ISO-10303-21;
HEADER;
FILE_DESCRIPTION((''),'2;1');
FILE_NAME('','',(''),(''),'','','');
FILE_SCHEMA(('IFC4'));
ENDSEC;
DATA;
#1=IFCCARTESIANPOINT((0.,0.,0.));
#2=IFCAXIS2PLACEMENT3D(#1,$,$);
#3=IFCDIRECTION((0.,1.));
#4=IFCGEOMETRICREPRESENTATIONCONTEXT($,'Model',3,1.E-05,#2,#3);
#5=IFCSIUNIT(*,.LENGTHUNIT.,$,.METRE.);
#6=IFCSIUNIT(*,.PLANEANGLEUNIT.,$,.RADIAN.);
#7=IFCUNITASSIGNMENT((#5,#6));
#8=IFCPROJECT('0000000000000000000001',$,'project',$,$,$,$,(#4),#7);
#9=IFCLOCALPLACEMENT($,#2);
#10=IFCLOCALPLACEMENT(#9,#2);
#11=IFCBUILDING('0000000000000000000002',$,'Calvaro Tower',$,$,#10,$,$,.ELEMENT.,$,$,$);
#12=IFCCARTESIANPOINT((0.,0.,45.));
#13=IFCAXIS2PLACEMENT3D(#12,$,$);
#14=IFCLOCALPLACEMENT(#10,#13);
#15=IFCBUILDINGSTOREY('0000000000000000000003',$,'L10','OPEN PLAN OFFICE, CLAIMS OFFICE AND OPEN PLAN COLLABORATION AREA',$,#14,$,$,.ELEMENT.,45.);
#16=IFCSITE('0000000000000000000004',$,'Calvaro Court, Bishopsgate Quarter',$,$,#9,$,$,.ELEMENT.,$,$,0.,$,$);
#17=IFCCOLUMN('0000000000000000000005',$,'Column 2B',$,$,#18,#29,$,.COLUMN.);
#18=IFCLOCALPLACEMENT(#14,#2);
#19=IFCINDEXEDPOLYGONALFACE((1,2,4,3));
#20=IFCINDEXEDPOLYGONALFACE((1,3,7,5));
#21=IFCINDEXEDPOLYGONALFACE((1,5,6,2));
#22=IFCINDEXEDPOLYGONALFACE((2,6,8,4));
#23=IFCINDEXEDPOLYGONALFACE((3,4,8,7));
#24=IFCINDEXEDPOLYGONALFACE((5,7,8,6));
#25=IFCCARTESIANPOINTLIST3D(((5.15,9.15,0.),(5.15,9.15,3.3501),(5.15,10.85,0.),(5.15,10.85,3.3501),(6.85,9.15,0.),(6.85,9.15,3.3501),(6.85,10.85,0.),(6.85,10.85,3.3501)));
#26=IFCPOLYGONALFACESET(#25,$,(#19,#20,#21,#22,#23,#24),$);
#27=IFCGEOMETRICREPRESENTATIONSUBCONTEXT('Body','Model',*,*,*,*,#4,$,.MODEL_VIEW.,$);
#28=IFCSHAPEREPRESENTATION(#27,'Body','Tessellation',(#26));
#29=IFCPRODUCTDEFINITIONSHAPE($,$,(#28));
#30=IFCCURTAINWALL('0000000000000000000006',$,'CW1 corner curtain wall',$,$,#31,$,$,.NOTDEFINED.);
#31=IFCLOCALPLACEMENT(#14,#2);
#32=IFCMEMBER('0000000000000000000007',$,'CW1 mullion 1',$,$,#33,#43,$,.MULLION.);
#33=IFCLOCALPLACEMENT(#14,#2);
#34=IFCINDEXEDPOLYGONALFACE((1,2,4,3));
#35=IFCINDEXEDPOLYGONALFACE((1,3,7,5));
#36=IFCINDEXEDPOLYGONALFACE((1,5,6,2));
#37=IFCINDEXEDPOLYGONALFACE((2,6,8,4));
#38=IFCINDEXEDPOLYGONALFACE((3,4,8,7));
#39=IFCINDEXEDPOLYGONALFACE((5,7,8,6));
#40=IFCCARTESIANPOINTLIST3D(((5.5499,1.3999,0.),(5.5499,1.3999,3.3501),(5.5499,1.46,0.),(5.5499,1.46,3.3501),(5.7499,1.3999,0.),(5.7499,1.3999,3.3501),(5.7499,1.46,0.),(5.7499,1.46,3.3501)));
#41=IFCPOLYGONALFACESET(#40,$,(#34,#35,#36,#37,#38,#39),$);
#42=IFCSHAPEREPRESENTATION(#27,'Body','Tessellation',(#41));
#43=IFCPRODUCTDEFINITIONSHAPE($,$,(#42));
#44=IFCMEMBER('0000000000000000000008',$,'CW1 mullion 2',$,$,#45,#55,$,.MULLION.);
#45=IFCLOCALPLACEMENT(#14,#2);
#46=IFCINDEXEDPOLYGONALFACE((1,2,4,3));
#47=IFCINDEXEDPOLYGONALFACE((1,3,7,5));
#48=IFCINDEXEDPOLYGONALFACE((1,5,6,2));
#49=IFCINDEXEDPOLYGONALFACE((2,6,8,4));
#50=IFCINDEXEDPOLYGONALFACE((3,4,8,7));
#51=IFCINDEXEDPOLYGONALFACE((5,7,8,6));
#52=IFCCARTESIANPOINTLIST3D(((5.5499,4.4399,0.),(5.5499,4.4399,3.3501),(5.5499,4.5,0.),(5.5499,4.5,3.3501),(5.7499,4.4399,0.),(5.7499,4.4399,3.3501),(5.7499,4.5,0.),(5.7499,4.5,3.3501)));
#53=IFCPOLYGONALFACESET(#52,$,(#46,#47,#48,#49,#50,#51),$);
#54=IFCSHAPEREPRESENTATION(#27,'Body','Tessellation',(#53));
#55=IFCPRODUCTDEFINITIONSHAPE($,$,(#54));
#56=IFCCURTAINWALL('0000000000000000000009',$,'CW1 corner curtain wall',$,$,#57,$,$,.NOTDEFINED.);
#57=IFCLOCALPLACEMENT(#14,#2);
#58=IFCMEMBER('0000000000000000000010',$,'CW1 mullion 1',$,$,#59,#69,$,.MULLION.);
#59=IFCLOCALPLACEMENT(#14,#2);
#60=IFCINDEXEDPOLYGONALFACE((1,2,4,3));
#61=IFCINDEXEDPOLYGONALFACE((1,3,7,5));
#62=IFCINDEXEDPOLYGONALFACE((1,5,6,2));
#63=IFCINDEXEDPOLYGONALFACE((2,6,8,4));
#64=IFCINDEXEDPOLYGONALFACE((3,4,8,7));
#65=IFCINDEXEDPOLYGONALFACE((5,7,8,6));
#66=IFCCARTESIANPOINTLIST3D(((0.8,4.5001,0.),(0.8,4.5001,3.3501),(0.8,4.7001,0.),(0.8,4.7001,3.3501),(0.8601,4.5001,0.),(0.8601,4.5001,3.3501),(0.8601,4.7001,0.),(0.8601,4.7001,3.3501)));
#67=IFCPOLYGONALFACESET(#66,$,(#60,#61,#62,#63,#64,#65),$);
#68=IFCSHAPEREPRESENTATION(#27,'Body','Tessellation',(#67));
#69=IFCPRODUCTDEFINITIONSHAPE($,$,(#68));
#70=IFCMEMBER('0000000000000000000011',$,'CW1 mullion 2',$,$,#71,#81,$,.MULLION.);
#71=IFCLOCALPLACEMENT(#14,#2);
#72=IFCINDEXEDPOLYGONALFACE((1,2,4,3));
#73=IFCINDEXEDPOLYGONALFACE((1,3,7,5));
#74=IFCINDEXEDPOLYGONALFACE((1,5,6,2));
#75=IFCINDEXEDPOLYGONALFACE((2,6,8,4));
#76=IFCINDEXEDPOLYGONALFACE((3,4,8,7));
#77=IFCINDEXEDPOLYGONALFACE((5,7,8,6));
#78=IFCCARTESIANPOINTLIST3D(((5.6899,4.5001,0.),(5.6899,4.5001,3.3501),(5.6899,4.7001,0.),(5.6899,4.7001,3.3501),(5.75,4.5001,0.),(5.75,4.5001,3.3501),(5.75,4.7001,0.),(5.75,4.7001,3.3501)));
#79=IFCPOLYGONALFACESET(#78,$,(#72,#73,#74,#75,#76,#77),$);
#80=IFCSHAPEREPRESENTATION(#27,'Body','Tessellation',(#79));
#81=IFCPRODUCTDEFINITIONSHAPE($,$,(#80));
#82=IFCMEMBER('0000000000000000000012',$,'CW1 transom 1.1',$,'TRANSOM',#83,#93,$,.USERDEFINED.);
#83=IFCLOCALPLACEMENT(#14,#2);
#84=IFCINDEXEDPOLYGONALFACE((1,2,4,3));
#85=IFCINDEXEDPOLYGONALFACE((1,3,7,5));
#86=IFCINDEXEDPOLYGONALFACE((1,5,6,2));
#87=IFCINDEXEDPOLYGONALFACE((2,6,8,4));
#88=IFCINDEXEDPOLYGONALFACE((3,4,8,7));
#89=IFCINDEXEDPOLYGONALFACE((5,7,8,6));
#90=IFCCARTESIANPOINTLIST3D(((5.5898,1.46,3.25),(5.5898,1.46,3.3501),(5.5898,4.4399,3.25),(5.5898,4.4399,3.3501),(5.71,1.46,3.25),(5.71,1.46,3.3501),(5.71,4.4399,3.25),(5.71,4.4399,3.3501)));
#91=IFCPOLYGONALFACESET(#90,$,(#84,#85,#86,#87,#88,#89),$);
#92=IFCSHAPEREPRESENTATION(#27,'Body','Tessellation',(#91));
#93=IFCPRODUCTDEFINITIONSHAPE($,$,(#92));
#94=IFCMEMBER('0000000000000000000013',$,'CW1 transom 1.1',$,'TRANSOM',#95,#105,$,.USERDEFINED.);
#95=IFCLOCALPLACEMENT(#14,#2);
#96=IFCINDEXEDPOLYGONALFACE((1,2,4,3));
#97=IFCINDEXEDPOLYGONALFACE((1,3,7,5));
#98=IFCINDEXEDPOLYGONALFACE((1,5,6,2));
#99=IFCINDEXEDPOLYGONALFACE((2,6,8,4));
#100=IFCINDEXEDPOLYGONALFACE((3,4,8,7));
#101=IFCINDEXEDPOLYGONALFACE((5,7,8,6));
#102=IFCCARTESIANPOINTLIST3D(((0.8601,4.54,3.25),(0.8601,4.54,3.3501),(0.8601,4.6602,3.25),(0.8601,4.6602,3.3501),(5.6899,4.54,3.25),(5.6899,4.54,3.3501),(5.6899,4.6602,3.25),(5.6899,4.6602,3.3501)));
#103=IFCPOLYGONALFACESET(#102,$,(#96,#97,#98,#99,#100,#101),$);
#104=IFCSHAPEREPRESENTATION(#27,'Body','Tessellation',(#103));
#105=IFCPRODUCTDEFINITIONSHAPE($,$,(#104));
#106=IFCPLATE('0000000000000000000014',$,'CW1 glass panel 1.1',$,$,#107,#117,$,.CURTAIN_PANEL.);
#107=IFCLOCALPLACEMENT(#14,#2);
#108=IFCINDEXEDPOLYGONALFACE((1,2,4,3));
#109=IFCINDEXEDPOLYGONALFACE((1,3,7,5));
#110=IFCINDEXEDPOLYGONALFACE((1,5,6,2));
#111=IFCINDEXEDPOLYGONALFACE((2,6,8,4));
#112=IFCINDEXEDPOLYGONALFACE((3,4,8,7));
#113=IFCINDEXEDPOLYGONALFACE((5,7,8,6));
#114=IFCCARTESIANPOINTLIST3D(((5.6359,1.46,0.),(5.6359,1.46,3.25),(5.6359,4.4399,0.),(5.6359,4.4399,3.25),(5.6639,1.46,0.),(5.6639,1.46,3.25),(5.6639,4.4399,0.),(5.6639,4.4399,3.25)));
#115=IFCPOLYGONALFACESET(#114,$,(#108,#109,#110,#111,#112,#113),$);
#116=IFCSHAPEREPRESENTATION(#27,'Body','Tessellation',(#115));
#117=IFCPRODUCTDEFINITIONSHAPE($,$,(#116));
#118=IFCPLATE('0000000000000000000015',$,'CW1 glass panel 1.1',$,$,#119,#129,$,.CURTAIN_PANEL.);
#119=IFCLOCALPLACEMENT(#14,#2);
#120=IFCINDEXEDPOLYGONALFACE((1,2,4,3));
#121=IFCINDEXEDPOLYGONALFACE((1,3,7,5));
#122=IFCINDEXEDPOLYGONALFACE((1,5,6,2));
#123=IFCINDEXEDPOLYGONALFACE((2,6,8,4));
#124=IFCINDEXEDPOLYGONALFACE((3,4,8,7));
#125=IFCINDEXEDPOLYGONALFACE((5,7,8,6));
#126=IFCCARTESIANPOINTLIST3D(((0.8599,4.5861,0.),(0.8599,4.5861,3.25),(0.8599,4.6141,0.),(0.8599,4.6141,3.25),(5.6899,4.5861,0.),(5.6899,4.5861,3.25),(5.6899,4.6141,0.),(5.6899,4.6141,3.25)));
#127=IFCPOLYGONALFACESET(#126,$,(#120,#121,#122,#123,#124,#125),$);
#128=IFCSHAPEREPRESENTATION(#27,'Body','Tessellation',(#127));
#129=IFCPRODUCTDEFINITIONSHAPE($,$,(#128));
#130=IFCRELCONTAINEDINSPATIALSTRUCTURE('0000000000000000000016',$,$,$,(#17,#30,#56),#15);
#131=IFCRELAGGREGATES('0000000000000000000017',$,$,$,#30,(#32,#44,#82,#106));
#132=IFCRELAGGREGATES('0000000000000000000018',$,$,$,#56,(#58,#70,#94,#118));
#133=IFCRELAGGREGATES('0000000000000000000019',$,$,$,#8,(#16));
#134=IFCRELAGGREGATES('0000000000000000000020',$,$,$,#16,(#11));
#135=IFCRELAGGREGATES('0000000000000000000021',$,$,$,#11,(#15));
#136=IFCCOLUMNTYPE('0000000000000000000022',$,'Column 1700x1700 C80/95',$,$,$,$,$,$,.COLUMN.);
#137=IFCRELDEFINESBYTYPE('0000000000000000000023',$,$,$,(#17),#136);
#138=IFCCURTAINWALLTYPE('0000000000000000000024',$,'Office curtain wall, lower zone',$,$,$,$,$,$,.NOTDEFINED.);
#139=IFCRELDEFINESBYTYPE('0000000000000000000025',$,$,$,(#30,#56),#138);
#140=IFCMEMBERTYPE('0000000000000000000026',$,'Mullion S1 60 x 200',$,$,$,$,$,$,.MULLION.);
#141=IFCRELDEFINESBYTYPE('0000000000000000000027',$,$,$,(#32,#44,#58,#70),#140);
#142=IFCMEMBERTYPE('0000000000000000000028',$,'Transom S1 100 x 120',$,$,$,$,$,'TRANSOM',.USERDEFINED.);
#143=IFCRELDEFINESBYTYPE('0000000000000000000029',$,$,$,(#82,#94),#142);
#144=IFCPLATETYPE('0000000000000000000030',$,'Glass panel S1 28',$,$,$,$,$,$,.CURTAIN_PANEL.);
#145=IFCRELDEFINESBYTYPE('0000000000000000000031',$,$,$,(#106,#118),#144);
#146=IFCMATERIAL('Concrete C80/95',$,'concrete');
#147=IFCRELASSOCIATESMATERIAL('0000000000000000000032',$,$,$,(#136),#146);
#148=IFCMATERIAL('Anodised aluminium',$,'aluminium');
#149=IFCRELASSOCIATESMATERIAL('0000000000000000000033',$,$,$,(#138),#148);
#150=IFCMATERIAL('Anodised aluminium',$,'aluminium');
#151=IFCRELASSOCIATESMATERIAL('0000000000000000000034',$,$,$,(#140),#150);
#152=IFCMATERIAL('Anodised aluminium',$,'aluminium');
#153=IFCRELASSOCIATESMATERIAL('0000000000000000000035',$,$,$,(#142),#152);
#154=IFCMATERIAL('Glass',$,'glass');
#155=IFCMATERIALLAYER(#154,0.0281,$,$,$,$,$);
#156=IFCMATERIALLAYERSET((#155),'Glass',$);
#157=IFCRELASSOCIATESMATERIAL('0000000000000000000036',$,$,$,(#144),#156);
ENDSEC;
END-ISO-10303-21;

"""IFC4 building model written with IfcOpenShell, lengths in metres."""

from ifc_helpers import new_model, si_unit, direction, frame, origin, origin_2d, place, context, subcontext, project, spatial, rectangle, extrude, material, layer, layer_set, material_profile, profile_set, type_object, element, aggregate, save


model = new_model("IFC4")

# Units and contexts
model_context = context("Model", 3, precision=1e-05, world=origin(), true_north=direction((0.0, 1.0)))
body_context = subcontext(model_context, "Body", "Model", "MODEL_VIEW")
ifc_project = project(units=[si_unit("LENGTHUNIT", "METRE"), si_unit("PLANEANGLEUNIT", "RADIAN")], contexts=[model_context])

# Site, building, storey
site_placement = place(None, origin())
site = spatial("IfcSite", under=ifc_project, at=site_placement, Name="Calvaro Court, Bishopsgate Quarter", CompositionType="ELEMENT", RefElevation=0.0)
building_placement = place(site_placement, origin())
building = spatial("IfcBuilding", under=site, at=building_placement, Name="Calvaro Tower", CompositionType="ELEMENT")
storey_placement = place(building_placement, frame((0.0, 0.0, 45.0)))
storey = spatial("IfcBuildingStorey", under=building, at=storey_placement, Name="L10", Description="OPEN PLAN OFFICE, CLAIMS OFFICE AND OPEN PLAN COLLABORATION AREA", CompositionType="ELEMENT", Elevation=45.0)

# Column
ifc_material_1 = material(Name="Concrete C80/95", Category="concrete")
ifc_material_profile_1 = material_profile(ifc_material_1, rectangle(XDim=1.7, YDim=1.7, at=origin_2d()), Name="RC 1700x1700")
ifc_profile_set_1 = profile_set([ifc_material_profile_1], Name="Concrete C80/95")
column_type = type_object("IfcColumnType", Name="Column 1700x1700 C80/95", PredefinedType="COLUMN", material=ifc_profile_set_1)
column_placement = place(storey_placement, frame((6.0, 10.0, 0.0), z_axis=(0.0, 0.0, 1.0), x_axis=(1.0, 0.0, 0.0)))
element("IfcColumn", 1, at=column_placement, inside=storey, type_object=column_type, Name="Column 2B", PredefinedType="COLUMN", context=body_context, shape_type="SweptSolid", body=[
    extrude(rectangle(XDim=1.7, YDim=1.7, at=origin_2d()), origin(), (0.0, 0.0, 1.0), 3.3501),
])

# Curtain walls, members
ifc_material_2 = material(Name="Anodised aluminium", Category="aluminium")
curtain_wall_type = type_object("IfcCurtainWallType", Name="Office curtain wall, lower zone", PredefinedType="NOTDEFINED", material=ifc_material_2)
curtain_wall_1_placement = place(storey_placement, origin())
curtain_wall_1 = element("IfcCurtainWall", 2, at=curtain_wall_1_placement, inside=storey, type_object=curtain_wall_type, Name="CW1 corner curtain wall", PredefinedType="NOTDEFINED")
ifc_material_3 = material(Name="Anodised aluminium", Category="aluminium")
ifc_material_profile_2 = material_profile(ifc_material_3, rectangle(XDim=0.2, YDim=0.0601, at=origin_2d()), Name="Mullion S1 60 x 200")
ifc_profile_set_2 = profile_set([ifc_material_profile_2], Name="Anodised aluminium")
member_type_1 = type_object("IfcMemberType", Name="Mullion S1 60 x 200", PredefinedType="MULLION", material=ifc_profile_set_2)
member_1_placement = place(storey_placement, frame((5.6499, 1.4299, 0.0), z_axis=(0.0, 0.0, 1.0), x_axis=(-1.0, 0.0, 0.0)))
member_1 = element("IfcMember", 3, at=member_1_placement, type_object=member_type_1, Name="CW1 mullion 1", PredefinedType="MULLION", context=body_context, shape_type="SweptSolid", body=[
    extrude(rectangle(XDim=0.2, YDim=0.0601, at=origin_2d()), origin(), (0.0, 0.0, 1.0), 3.3501),
])
member_2_placement = place(storey_placement, frame((5.6499, 4.47, 0.0), z_axis=(0.0, 0.0, 1.0), x_axis=(-1.0, 0.0, 0.0)))
member_2 = element("IfcMember", 4, at=member_2_placement, type_object=member_type_1, Name="CW1 mullion 2", PredefinedType="MULLION", context=body_context, shape_type="SweptSolid", body=[
    extrude(rectangle(XDim=0.2, YDim=0.0601, at=origin_2d()), origin(), (0.0, 0.0, 1.0), 3.3501),
])
curtain_wall_2_placement = place(storey_placement, origin())
curtain_wall_2 = element("IfcCurtainWall", 5, at=curtain_wall_2_placement, inside=storey, type_object=curtain_wall_type, Name="CW1 corner curtain wall", PredefinedType="NOTDEFINED")
member_3_placement = place(storey_placement, frame((0.8301, 4.6001, 0.0), z_axis=(0.0, 0.0, 1.0), x_axis=(0.0, 1.0, 0.0)))
member_3 = element("IfcMember", 6, at=member_3_placement, type_object=member_type_1, Name="CW1 mullion 1", PredefinedType="MULLION", context=body_context, shape_type="SweptSolid", body=[
    extrude(rectangle(XDim=0.2, YDim=0.0601, at=origin_2d()), origin(), (0.0, 0.0, 1.0), 3.3501),
])
member_4_placement = place(storey_placement, frame((5.72, 4.6001, 0.0), z_axis=(0.0, 0.0, 1.0), x_axis=(0.0, 1.0, 0.0)))
member_4 = element("IfcMember", 7, at=member_4_placement, type_object=member_type_1, Name="CW1 mullion 2", PredefinedType="MULLION", context=body_context, shape_type="SweptSolid", body=[
    extrude(rectangle(XDim=0.2, YDim=0.0601, at=origin_2d()), origin(), (0.0, 0.0, 1.0), 3.3501),
])

# Members
ifc_material_4 = material(Name="Anodised aluminium", Category="aluminium")
ifc_material_profile_3 = material_profile(ifc_material_4, rectangle(XDim=0.1201, YDim=0.1001, at=origin_2d()), Name="Transom S1 100 x 120")
ifc_profile_set_3 = profile_set([ifc_material_profile_3], Name="Anodised aluminium")
member_type_2 = type_object("IfcMemberType", Name="Transom S1 100 x 120", ElementType="TRANSOM", PredefinedType="USERDEFINED", material=ifc_profile_set_3)
member_5_placement = place(storey_placement, frame((5.6499, 1.46, 3.3), z_axis=(0.0, 1.0, 0.0), x_axis=(-1.0, 0.0, 0.0)))
member_5 = element("IfcMember", 8, at=member_5_placement, type_object=member_type_2, Name="CW1 transom 1.1", ObjectType="TRANSOM", PredefinedType="USERDEFINED", context=body_context, shape_type="SweptSolid", body=[
    extrude(rectangle(XDim=0.1201, YDim=0.1001, at=origin_2d()), origin(), (0.0, 0.0, 1.0), 2.98),
])
member_6_placement = place(storey_placement, frame((0.8601, 4.6001, 3.3), z_axis=(1.0, 0.0, 0.0), x_axis=(0.0, 1.0, 0.0)))
member_6 = element("IfcMember", 9, at=member_6_placement, type_object=member_type_2, Name="CW1 transom 1.1", ObjectType="TRANSOM", PredefinedType="USERDEFINED", context=body_context, shape_type="SweptSolid", body=[
    extrude(rectangle(XDim=0.1201, YDim=0.1001, at=origin_2d()), origin(), (0.0, 0.0, 1.0), 4.8298),
])

# Plates
ifc_material_5 = material(Name="Glass", Category="glass")
ifc_layer_1 = layer(ifc_material_5, 0.0281)
ifc_layer_set_1 = layer_set([ifc_layer_1], Name="Glass")
plate_type = type_object("IfcPlateType", Name="Glass panel S1 28", PredefinedType="CURTAIN_PANEL", material=ifc_layer_set_1)
plate_1_placement = place(storey_placement, frame((5.6499, 2.95, 0.0), z_axis=(0.0, 0.0, 1.0), x_axis=(0.0, 1.0, 0.0)))
plate_1 = element("IfcPlate", 10, at=plate_1_placement, type_object=plate_type, Name="CW1 glass panel 1.1", PredefinedType="CURTAIN_PANEL", context=body_context, shape_type="SweptSolid", body=[
    extrude(rectangle(XDim=2.98, YDim=0.0281, at=origin_2d()), origin(), (0.0, 0.0, 1.0), 3.25),
])
aggregate(curtain_wall_1, [member_1, member_2, member_5, plate_1])
plate_2_placement = place(storey_placement, frame((3.2749, 4.6001, 0.0), z_axis=(0.0, 0.0, 1.0), x_axis=(1.0, 0.0, 0.0)))
plate_2 = element("IfcPlate", 11, at=plate_2_placement, type_object=plate_type, Name="CW1 glass panel 1.1", PredefinedType="CURTAIN_PANEL", context=body_context, shape_type="SweptSolid", body=[
    extrude(rectangle(XDim=4.8301, YDim=0.0281, at=origin_2d()), origin(), (0.0, 0.0, 1.0), 3.25),
])
aggregate(curtain_wall_2, [member_3, member_4, member_6, plate_2])

save(model, "model.ifc")
